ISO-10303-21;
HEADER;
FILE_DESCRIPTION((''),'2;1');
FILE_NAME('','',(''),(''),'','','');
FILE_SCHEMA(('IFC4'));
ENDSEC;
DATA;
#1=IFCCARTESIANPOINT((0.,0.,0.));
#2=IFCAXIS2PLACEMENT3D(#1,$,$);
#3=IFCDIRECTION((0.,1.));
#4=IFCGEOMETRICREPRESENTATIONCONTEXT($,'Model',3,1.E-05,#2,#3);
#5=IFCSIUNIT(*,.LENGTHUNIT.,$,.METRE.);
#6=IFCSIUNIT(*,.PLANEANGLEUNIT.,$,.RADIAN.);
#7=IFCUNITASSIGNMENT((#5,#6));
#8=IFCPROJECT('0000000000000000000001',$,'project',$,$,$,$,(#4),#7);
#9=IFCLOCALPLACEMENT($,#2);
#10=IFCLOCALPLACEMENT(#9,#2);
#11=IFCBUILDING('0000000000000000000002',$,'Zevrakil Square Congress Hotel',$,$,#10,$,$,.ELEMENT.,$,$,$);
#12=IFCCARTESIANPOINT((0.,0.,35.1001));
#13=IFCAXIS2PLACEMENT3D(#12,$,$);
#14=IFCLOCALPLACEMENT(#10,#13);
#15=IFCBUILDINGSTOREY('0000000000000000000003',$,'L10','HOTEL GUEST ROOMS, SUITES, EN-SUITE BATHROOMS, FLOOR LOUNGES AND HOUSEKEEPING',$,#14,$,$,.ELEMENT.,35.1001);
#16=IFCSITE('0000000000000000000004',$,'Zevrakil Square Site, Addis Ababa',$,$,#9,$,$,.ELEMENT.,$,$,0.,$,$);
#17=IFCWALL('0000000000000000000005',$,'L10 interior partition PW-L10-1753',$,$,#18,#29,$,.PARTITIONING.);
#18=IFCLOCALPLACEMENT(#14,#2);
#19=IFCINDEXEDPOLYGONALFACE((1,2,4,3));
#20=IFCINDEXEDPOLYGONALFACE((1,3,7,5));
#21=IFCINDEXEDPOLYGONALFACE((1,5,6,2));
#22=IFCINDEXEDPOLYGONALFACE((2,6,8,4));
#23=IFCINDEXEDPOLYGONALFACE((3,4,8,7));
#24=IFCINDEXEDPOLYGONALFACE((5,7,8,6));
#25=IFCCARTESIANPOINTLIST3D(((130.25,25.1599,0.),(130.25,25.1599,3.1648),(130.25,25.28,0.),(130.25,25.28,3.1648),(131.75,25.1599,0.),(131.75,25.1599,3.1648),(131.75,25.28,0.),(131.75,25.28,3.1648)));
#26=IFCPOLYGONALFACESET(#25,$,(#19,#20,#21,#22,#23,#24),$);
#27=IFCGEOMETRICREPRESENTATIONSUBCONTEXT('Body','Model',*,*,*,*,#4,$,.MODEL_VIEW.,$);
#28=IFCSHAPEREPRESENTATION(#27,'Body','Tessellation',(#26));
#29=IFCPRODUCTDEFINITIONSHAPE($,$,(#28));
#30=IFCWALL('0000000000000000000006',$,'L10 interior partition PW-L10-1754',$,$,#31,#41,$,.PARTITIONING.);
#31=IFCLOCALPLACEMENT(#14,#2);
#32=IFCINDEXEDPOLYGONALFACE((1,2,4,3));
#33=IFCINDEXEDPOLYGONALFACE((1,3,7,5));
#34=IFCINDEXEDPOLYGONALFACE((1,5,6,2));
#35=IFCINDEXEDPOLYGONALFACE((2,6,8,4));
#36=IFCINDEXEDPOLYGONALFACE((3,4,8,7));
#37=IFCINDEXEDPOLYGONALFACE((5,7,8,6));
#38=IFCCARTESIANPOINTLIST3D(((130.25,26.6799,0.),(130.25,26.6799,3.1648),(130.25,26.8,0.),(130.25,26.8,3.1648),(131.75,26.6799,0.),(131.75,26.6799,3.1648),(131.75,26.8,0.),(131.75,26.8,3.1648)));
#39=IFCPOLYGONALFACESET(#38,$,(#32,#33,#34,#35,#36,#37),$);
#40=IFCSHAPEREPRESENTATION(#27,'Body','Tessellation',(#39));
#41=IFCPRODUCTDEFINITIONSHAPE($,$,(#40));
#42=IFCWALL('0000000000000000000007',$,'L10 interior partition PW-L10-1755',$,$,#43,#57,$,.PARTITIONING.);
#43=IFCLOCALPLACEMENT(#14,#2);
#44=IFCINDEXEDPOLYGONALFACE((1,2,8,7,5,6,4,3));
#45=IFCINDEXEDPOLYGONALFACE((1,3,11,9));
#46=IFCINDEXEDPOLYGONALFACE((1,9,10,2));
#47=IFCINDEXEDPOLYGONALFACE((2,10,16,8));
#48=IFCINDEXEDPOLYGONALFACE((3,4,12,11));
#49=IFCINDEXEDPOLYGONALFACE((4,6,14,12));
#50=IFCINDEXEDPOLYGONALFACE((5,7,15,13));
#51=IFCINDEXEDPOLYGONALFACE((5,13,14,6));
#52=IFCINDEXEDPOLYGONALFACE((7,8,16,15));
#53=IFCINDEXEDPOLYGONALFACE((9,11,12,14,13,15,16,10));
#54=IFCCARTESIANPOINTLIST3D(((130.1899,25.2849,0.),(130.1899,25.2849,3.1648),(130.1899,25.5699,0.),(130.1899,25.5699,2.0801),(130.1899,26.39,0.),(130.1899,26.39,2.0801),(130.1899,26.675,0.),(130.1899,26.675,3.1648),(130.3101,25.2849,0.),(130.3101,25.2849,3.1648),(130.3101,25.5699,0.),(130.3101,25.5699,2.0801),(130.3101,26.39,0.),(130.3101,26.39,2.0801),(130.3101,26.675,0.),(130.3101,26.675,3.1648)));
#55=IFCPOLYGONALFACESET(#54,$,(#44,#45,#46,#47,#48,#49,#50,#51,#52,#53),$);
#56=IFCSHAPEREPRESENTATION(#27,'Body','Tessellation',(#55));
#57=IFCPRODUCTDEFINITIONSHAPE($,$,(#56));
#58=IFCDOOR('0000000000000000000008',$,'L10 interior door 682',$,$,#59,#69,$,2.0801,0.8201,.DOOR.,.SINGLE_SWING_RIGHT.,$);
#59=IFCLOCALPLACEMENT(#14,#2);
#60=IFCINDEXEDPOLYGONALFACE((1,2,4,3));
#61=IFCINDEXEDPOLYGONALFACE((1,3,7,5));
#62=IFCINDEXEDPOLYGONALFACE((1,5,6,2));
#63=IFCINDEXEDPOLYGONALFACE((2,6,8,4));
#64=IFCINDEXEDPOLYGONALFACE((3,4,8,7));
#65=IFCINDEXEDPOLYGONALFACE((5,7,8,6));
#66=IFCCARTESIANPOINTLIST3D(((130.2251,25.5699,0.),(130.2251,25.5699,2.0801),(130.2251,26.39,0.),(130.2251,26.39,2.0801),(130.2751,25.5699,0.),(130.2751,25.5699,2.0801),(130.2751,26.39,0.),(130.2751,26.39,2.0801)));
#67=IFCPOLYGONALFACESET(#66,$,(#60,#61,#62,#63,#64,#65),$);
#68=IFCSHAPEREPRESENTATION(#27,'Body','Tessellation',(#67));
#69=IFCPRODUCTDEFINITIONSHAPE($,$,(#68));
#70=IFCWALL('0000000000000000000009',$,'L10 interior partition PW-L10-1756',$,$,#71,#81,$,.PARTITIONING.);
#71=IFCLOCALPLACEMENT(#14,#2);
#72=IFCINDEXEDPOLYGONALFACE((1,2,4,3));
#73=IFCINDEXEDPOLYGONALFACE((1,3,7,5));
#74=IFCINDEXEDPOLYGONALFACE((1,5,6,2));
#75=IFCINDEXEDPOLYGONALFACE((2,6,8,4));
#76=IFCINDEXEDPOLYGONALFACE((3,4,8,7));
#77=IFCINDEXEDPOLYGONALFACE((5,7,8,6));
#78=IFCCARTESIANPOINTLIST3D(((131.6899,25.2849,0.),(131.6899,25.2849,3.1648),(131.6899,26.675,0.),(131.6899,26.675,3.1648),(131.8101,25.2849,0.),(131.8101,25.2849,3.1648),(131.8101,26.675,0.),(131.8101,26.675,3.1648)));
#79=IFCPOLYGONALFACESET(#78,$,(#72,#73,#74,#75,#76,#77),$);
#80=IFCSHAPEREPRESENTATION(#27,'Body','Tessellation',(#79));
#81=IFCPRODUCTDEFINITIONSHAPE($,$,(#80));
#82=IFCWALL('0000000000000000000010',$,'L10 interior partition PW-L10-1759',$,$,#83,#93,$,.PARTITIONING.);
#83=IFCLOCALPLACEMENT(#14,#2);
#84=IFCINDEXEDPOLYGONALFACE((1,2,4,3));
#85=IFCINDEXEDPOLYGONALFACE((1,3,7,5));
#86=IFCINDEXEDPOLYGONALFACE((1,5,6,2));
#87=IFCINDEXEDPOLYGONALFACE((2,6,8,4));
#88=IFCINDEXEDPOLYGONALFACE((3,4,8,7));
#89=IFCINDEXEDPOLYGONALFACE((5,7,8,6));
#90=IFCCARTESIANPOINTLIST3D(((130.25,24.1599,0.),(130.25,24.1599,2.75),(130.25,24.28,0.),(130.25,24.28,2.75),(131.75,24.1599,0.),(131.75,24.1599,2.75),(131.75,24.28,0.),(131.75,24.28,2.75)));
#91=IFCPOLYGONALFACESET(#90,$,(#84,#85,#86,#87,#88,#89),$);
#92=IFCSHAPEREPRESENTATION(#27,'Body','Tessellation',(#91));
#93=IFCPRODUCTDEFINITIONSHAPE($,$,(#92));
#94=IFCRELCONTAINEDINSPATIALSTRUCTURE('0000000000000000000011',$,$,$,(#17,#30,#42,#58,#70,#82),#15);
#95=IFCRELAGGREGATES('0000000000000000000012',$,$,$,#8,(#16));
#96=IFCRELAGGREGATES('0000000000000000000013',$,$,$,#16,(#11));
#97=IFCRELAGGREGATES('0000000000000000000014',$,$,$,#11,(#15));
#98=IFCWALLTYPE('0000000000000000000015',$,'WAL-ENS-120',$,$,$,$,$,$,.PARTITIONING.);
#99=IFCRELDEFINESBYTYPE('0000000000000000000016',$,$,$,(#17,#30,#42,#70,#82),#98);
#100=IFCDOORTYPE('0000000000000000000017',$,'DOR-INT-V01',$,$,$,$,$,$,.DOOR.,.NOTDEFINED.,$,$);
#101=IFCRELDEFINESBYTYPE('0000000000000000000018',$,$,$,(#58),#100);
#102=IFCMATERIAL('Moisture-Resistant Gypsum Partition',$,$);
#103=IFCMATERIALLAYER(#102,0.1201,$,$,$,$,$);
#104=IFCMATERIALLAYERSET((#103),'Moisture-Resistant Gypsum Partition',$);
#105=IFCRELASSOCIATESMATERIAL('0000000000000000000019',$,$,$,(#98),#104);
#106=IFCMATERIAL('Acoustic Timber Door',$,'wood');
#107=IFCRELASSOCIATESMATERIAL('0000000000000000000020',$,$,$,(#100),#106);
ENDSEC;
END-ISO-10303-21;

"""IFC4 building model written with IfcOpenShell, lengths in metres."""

from ifc_helpers import new_model, si_unit, direction, frame, frame_2d, origin, place, context, subcontext, project, spatial, rectangle, extrude, material, layer, layer_set, type_object, element, fill, save


model = new_model("IFC4")

# Units and contexts
model_context = context("Model", 3, precision=1e-05, world=origin(), true_north=direction((0.0, 1.0)))
body_context = subcontext(model_context, "Body", "Model", "MODEL_VIEW")
ifc_project = project(units=[si_unit("LENGTHUNIT", "METRE"), si_unit("PLANEANGLEUNIT", "RADIAN")], contexts=[model_context])

# Site, building, storey
site_placement = place(None, origin())
site = spatial("IfcSite", under=ifc_project, at=site_placement, Name="Zevrakil Square Site, Addis Ababa", CompositionType="ELEMENT", RefElevation=0.0)
building_placement = place(site_placement, origin())
building = spatial("IfcBuilding", under=site, at=building_placement, Name="Zevrakil Square Congress Hotel", CompositionType="ELEMENT")
storey_placement = place(building_placement, frame((0.0, 0.0, 35.1001)))
storey = spatial("IfcBuildingStorey", under=building, at=storey_placement, Name="L10", Description="HOTEL GUEST ROOMS, SUITES, EN-SUITE BATHROOMS, FLOOR LOUNGES AND HOUSEKEEPING", CompositionType="ELEMENT", Elevation=35.1001)

# Shared definitions
ifc_material_1 = material(Name="Moisture-Resistant Gypsum Partition")
ifc_layer_1 = layer(ifc_material_1, 0.1201)
ifc_layer_set_1 = layer_set([ifc_layer_1], Name="Moisture-Resistant Gypsum Partition")
wall_type_1 = type_object("IfcWallType", Name="WAL-ENS-120", PredefinedType="PARTITIONING", material=ifc_layer_set_1)

# Shared definitions
ifc_material_2 = material(Name="Acoustic Timber Door", Category="wood")
door_type_1 = type_object("IfcDoorType", Name="DOR-INT-V01", OperationType="NOTDEFINED", PredefinedType="DOOR", material=ifc_material_2)

# Walls
for number, where, z_axis, x_axis, name in (
    (1, (130.25, 25.22, 0.0), (0.0, 0.0, 1.0), (1.0, 0.0, 0.0), "L10 interior partition PW-L10-1753"),
    (2, (130.25, 26.74, 0.0), (0.0, 0.0, 1.0), (1.0, 0.0, 0.0), "L10 interior partition PW-L10-1754"),
):
    element("IfcWall", number, at=place(storey_placement, frame(where, z_axis=z_axis, x_axis=x_axis)), inside=storey, type_object=wall_type_1, Name=name, PredefinedType="PARTITIONING", context=body_context, shape_type="SweptSolid", body=[
        extrude(rectangle(XDim=1.5, YDim=0.1201, at=frame_2d((0.75, 0.0))), origin(), (0.0, 0.0, 1.0), 3.1648),
    ])

# Wall, opening, door
wall_1_placement = place(storey_placement, frame((130.25, 25.2849, 0.0), z_axis=(0.0, 0.0, 1.0), x_axis=(0.0, 1.0, 0.0)))
wall_1 = element("IfcWall", 3, at=wall_1_placement, inside=storey, type_object=wall_type_1, Name="L10 interior partition PW-L10-1755", PredefinedType="PARTITIONING", context=body_context, shape_type="SweptSolid", body=[
    extrude(rectangle(XDim=1.3901, YDim=0.1201, at=frame_2d((0.6951, 0.0))), origin(), (0.0, 0.0, 1.0), 3.1648),
])
opening_1_placement = place(wall_1_placement, frame((0.2849, 0.0, 0.0)))
opening_1 = element("IfcOpeningElement", 4, at=opening_1_placement, cuts=wall_1, PredefinedType="OPENING", context=body_context, shape_type="SweptSolid", body=[
    extrude(rectangle(XDim=0.8201, YDim=2.0801, at=frame_2d((0.4102, 1.04))), frame((0.0, 0.0701, 0.0), z_axis=(0.0, -1.0, 0.0), x_axis=(1.0, 0.0, 0.0)), (0.0, 0.0, 1.0), 0.1401),
])
door_1_placement = place(opening_1_placement, origin())
door_1 = element("IfcDoor", 5, at=door_1_placement, inside=storey, type_object=door_type_1, Name="L10 interior door 682", OperationType="SINGLE_SWING_RIGHT", OverallHeight=2.0801, OverallWidth=0.8201, PredefinedType="DOOR", context=body_context, shape_type="SweptSolid", body=[
    extrude(rectangle(XDim=0.8201, YDim=2.0801, at=frame_2d((0.4102, 1.04))), frame((0.0, 0.0249, 0.0), z_axis=(0.0, -1.0, 0.0), x_axis=(1.0, 0.0, 0.0)), (0.0, 0.0, 1.0), 0.05),
])
fill(opening_1, door_1)

# Walls
wall_2_placement = place(storey_placement, frame((131.75, 25.2849, 0.0), z_axis=(0.0, 0.0, 1.0), x_axis=(0.0, 1.0, 0.0)))
element("IfcWall", 6, at=wall_2_placement, inside=storey, type_object=wall_type_1, Name="L10 interior partition PW-L10-1756", PredefinedType="PARTITIONING", context=body_context, shape_type="SweptSolid", body=[
    extrude(rectangle(XDim=1.3901, YDim=0.1201, at=frame_2d((0.6951, 0.0))), origin(), (0.0, 0.0, 1.0), 3.1648),
])
wall_3_placement = place(storey_placement, frame((130.25, 24.22, 0.0), z_axis=(0.0, 0.0, 1.0), x_axis=(1.0, 0.0, 0.0)))
element("IfcWall", 7, at=wall_3_placement, inside=storey, type_object=wall_type_1, Name="L10 interior partition PW-L10-1759", PredefinedType="PARTITIONING", context=body_context, shape_type="SweptSolid", body=[
    extrude(rectangle(XDim=1.5, YDim=0.1201, at=frame_2d((0.75, 0.0))), origin(), (0.0, 0.0, 1.0), 2.75),
])

save(model, "model.ifc")
